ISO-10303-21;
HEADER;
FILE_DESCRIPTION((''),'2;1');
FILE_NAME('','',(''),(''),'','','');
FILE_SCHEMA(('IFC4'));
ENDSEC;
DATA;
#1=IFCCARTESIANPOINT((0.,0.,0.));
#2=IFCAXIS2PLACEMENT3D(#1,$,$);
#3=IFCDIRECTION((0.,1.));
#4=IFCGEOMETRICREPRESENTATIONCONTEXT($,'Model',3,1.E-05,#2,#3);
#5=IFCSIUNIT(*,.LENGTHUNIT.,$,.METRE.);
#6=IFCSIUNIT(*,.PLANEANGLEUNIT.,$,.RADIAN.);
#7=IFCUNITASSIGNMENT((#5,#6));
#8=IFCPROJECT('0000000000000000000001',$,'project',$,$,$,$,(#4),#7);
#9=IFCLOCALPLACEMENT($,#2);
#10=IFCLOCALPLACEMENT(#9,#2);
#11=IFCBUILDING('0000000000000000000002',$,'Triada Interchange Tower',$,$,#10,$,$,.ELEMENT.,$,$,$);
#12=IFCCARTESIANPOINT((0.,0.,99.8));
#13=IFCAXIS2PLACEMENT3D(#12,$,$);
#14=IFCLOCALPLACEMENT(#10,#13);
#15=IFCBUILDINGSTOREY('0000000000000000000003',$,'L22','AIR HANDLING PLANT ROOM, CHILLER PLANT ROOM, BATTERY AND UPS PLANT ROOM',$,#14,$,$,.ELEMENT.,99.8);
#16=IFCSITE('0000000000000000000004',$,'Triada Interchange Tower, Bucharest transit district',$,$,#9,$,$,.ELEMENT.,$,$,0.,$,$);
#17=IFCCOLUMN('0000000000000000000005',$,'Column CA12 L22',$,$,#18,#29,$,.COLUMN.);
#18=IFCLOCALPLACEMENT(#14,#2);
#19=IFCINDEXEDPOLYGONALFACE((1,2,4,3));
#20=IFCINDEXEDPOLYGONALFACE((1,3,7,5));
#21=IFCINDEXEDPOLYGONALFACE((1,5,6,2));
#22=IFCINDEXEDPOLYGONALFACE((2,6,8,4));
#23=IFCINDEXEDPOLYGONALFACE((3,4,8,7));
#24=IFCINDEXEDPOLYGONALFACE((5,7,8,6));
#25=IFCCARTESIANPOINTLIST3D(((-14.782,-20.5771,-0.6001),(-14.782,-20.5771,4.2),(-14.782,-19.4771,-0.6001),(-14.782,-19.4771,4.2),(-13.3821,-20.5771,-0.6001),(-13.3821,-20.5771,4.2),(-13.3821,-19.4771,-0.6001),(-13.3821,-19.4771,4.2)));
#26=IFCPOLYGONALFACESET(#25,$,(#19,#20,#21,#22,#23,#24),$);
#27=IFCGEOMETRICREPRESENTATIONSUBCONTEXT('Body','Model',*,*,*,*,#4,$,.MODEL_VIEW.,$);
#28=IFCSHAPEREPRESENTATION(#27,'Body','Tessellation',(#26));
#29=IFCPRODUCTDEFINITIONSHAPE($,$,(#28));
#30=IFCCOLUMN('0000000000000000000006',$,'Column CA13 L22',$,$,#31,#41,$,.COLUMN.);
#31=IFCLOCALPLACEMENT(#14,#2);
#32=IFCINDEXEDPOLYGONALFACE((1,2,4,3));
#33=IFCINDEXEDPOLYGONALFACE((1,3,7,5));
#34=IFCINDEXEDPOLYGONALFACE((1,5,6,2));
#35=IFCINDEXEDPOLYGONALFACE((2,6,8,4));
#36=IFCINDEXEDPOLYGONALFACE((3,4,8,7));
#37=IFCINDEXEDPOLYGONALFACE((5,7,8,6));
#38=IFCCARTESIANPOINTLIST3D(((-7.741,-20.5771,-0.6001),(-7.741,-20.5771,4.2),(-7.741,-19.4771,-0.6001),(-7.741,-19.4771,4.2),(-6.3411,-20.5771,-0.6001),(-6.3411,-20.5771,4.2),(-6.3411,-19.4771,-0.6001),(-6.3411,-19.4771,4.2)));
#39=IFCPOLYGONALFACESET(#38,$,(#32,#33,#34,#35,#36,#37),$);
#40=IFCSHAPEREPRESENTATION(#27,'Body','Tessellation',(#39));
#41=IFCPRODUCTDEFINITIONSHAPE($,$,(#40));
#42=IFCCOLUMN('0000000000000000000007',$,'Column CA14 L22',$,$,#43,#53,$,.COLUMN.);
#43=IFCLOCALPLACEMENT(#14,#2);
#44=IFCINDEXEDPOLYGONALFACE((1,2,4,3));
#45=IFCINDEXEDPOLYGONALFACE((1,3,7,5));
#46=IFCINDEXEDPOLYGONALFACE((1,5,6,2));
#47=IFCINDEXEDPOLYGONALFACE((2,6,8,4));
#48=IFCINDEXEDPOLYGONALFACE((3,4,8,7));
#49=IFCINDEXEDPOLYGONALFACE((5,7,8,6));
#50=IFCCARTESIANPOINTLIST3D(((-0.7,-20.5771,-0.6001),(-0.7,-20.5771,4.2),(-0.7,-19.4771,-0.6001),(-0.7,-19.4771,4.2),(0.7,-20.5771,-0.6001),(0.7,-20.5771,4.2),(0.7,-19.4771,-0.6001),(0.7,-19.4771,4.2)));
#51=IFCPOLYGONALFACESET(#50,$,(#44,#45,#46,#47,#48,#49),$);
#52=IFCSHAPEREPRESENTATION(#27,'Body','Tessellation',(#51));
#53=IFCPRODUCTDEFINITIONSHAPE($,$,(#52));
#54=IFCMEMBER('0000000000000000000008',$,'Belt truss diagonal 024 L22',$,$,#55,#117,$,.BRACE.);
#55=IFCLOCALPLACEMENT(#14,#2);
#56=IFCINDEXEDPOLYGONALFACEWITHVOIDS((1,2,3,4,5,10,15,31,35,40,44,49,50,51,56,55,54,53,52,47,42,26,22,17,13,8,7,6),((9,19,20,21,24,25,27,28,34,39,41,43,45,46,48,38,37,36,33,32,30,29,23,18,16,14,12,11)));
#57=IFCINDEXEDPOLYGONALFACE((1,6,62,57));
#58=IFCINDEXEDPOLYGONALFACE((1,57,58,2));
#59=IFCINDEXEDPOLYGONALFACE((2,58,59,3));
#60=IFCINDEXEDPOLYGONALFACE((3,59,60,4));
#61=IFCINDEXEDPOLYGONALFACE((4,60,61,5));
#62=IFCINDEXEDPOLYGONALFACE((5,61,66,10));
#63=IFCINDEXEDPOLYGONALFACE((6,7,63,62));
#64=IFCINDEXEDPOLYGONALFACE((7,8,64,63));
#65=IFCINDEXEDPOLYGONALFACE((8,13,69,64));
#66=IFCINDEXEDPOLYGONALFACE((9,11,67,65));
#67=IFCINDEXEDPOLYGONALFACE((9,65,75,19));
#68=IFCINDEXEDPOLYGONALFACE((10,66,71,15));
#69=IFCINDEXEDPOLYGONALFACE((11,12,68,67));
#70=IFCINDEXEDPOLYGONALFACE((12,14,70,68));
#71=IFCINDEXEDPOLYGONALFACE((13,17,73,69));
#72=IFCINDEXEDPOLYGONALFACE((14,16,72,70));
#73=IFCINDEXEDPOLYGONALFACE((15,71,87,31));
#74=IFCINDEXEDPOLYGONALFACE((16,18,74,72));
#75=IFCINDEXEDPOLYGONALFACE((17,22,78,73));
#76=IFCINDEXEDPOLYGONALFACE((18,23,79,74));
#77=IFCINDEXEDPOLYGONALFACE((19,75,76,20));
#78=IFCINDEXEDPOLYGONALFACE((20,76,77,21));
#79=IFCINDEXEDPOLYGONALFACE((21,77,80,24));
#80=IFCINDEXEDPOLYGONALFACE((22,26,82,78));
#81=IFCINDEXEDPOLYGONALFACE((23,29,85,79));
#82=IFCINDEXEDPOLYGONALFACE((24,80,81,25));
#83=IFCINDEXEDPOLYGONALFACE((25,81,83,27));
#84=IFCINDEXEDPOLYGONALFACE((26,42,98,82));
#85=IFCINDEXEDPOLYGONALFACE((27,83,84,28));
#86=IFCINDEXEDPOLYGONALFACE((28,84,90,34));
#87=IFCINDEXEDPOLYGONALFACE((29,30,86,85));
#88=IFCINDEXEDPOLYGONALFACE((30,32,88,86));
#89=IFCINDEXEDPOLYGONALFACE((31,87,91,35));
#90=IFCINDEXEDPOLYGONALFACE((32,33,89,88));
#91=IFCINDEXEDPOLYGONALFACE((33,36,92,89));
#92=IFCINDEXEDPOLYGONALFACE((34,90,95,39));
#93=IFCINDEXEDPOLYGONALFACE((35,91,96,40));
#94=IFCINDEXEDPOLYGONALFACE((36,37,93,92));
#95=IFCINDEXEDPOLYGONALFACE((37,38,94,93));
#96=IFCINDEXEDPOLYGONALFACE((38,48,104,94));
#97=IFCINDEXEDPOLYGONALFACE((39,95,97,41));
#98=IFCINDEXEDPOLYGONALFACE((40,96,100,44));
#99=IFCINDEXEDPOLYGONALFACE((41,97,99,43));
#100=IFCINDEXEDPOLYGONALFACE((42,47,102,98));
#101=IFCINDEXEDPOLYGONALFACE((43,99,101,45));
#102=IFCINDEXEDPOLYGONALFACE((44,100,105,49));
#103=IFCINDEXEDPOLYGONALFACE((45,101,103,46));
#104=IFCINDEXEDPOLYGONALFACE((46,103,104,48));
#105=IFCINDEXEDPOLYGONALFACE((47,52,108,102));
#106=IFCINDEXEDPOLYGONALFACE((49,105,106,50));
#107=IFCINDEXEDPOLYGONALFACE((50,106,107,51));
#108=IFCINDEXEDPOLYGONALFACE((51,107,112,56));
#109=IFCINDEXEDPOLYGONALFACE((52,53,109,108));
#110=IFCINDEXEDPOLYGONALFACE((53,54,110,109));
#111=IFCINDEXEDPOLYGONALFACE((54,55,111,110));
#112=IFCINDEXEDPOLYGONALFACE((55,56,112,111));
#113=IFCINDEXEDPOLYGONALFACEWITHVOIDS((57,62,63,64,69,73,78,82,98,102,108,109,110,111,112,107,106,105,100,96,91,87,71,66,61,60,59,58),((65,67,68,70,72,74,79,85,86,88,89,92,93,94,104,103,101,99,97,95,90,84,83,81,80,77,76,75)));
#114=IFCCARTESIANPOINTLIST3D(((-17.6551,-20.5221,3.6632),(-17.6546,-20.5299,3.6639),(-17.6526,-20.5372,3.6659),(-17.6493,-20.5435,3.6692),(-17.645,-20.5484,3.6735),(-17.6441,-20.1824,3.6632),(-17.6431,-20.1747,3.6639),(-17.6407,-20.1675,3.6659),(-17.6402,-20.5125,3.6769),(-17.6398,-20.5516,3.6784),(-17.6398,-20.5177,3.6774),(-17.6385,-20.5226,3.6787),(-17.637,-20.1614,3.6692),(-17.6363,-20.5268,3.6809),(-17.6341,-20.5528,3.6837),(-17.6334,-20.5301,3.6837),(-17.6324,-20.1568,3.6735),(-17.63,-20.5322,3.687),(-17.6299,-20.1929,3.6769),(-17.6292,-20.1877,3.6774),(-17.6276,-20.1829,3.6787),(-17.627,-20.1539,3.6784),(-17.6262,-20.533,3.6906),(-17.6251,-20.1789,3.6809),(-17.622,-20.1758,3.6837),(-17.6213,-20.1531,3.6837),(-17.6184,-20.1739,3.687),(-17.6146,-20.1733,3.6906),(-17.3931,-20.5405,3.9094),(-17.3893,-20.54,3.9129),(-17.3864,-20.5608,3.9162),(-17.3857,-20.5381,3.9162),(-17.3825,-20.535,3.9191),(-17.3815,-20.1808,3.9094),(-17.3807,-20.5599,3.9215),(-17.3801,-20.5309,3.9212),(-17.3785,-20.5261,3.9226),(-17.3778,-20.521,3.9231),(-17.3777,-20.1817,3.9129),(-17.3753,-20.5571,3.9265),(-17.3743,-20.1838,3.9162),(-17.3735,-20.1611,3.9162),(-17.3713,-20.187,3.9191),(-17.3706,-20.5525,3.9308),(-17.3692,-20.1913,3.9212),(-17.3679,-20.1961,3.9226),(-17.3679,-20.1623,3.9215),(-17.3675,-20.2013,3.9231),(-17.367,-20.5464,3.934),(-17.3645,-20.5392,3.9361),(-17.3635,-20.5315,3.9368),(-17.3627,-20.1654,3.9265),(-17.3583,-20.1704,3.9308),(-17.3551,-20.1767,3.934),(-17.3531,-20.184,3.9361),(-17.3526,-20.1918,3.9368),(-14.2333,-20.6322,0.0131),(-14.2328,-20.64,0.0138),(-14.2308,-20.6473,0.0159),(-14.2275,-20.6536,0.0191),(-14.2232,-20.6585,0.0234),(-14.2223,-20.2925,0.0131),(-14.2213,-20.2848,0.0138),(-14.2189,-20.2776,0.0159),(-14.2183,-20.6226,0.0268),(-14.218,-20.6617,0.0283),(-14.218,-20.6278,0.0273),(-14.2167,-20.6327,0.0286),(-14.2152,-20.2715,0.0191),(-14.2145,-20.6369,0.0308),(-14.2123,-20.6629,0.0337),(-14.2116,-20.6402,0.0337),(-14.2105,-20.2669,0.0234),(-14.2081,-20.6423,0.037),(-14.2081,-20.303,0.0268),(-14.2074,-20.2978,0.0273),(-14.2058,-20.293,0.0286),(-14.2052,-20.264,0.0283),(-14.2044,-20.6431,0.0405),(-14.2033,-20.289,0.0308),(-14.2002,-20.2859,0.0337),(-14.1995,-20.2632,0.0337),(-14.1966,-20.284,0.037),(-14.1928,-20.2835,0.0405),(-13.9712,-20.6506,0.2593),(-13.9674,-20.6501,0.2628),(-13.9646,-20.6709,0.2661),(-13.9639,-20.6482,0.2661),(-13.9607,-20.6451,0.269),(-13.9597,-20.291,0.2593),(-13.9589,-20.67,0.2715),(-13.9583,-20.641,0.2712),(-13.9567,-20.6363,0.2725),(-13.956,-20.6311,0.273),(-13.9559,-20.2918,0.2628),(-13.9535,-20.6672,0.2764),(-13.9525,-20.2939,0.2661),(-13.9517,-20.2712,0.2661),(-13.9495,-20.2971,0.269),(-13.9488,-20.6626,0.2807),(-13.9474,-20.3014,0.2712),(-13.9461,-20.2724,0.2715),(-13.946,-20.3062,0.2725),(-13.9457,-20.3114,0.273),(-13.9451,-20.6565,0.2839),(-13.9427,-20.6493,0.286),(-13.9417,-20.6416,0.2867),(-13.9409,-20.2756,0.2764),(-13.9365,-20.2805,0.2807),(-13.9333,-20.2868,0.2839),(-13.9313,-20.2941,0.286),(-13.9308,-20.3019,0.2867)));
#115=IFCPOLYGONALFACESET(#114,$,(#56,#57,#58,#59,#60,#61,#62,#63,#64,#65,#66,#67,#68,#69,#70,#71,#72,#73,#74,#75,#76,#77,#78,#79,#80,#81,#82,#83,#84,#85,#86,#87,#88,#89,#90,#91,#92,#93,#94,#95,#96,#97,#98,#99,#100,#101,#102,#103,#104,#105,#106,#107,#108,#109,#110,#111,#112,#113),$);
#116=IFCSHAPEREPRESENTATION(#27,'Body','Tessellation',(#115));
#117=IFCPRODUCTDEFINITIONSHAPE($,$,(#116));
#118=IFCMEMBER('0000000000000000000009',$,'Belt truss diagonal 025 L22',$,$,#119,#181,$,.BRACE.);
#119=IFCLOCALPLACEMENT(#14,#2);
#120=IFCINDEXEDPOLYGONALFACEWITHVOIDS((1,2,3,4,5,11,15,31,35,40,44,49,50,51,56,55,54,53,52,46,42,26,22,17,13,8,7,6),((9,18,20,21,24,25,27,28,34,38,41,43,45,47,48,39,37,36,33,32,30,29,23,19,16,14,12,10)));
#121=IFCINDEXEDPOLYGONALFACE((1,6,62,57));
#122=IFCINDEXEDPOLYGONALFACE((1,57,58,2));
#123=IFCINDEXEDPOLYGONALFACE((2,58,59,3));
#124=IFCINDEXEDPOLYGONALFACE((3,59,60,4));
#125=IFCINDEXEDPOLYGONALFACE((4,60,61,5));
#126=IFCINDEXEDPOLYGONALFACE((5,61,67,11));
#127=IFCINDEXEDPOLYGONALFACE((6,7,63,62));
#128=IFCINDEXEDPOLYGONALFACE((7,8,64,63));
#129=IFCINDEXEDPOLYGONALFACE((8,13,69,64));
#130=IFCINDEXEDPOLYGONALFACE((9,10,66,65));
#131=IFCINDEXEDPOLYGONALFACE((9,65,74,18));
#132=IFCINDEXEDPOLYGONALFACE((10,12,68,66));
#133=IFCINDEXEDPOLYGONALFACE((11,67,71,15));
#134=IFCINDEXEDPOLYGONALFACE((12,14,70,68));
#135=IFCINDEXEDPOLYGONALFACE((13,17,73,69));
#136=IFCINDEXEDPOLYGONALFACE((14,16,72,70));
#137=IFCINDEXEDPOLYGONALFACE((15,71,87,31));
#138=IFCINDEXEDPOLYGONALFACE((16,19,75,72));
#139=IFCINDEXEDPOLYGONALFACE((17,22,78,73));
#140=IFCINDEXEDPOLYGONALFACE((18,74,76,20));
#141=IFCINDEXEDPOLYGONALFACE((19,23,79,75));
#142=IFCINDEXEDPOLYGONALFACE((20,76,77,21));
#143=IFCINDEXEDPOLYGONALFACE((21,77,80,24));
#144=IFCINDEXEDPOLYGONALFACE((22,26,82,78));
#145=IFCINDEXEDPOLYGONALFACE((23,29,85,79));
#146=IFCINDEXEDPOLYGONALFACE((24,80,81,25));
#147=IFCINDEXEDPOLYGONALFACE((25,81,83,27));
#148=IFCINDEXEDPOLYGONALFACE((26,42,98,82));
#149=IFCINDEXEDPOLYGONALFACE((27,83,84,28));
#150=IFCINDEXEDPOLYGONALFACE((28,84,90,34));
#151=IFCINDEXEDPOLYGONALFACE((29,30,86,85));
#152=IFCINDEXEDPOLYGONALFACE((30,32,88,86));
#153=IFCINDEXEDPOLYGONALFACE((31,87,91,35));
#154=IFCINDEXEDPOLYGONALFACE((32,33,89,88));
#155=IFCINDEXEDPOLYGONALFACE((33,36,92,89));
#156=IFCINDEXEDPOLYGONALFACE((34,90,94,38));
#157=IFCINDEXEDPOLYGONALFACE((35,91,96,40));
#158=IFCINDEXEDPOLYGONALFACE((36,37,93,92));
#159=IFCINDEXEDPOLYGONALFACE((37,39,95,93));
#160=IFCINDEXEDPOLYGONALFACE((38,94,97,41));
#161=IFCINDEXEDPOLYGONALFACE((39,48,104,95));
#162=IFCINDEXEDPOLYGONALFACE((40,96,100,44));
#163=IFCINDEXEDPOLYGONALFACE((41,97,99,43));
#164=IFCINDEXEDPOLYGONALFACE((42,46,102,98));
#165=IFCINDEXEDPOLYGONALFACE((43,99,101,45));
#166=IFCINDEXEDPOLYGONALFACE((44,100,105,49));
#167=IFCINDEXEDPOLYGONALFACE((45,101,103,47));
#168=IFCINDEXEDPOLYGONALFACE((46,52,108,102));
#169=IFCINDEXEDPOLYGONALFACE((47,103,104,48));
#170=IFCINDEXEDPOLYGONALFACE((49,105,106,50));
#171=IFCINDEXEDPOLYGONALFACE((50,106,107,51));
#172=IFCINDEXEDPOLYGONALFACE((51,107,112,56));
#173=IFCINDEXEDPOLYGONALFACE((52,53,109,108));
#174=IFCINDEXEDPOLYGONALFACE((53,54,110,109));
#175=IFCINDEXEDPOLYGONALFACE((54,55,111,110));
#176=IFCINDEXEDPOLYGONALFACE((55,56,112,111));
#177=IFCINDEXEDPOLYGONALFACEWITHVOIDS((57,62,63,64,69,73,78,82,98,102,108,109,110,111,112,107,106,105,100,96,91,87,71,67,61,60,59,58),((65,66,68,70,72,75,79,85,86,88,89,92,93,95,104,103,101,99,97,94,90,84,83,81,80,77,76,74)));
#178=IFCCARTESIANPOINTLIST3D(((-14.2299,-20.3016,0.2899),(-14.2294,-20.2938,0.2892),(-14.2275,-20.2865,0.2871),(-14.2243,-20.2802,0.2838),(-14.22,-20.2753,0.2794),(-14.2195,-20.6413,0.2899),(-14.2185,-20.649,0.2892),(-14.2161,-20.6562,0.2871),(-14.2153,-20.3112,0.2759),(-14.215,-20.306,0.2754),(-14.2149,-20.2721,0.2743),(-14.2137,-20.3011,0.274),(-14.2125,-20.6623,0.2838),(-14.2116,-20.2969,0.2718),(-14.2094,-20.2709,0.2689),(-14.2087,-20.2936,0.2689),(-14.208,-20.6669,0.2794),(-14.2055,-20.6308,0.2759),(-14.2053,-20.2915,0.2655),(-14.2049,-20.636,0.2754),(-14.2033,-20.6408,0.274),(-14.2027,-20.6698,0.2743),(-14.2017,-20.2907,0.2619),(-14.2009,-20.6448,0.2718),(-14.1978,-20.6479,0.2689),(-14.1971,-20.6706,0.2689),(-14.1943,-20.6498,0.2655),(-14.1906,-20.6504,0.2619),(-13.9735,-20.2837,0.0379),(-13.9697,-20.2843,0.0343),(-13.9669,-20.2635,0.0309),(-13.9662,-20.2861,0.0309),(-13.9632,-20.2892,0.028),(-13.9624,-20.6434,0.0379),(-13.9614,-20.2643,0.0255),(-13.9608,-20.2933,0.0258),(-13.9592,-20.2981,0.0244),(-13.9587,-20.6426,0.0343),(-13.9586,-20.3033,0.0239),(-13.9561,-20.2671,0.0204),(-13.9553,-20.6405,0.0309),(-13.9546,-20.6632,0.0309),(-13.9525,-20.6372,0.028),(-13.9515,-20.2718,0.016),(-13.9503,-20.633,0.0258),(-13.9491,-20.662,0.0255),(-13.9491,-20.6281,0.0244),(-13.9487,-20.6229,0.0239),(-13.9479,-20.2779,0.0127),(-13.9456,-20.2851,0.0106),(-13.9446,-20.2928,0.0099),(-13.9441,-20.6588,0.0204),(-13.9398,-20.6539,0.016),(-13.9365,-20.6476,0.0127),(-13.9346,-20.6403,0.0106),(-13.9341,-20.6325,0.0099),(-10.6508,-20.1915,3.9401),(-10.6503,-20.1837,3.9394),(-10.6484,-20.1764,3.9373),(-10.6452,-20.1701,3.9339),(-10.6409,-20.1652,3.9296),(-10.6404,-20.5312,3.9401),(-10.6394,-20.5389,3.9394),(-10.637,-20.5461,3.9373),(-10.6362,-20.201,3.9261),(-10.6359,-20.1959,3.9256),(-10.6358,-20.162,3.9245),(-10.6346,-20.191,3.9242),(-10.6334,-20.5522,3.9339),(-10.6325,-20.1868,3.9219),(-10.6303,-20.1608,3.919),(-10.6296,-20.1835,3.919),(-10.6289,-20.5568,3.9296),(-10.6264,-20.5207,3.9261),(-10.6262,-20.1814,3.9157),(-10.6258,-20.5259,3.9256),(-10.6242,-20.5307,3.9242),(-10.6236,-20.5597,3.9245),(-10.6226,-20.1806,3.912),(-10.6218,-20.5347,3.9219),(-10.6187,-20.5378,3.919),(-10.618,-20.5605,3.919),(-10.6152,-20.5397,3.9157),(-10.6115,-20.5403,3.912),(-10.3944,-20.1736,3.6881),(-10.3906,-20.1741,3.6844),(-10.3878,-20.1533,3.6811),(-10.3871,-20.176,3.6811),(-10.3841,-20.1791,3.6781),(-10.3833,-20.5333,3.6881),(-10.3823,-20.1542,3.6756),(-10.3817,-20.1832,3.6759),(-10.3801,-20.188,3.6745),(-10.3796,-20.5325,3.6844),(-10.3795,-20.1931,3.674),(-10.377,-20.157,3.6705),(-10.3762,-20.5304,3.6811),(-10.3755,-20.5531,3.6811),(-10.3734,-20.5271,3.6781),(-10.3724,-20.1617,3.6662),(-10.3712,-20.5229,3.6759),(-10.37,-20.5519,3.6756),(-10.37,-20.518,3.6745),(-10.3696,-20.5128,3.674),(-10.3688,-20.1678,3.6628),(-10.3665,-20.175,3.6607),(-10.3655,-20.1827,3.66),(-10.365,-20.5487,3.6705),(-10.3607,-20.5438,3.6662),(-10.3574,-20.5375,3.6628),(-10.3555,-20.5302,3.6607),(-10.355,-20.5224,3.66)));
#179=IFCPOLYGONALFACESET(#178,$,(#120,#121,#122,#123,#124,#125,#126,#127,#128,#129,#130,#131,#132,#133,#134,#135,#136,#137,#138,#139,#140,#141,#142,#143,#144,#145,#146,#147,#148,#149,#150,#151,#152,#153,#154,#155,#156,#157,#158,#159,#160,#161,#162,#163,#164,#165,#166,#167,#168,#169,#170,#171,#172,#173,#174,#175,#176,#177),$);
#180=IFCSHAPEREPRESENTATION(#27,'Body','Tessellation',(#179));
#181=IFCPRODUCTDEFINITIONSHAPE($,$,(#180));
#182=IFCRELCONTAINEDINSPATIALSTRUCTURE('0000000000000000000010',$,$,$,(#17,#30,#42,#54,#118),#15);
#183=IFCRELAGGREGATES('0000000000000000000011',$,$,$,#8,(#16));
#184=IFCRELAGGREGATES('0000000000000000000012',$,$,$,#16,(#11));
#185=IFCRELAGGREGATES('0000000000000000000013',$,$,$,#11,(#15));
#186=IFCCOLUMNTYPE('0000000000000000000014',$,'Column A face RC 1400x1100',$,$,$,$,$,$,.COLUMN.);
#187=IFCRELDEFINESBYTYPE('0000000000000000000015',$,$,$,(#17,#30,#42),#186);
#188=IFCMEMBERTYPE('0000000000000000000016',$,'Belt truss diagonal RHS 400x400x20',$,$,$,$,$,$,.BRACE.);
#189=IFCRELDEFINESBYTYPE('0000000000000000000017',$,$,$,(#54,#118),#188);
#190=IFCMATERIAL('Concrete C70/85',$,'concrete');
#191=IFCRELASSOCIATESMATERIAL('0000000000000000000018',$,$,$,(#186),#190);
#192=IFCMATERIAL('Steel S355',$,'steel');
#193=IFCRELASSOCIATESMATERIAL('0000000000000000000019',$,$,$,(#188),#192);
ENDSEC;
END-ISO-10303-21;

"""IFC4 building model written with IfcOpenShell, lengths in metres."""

from ifc_helpers import new_model, si_unit, direction, frame, origin, origin_2d, place, context, subcontext, project, spatial, rectangle, hollow_rectangle, extrude, material, material_profile, profile_set, type_object, element, save


model = new_model("IFC4")

# Units and contexts
model_context = context("Model", 3, precision=1e-05, world=origin(), true_north=direction((0.0, 1.0)))
body_context = subcontext(model_context, "Body", "Model", "MODEL_VIEW")
ifc_project = project(units=[si_unit("LENGTHUNIT", "METRE"), si_unit("PLANEANGLEUNIT", "RADIAN")], contexts=[model_context])

# Site, building, storey
site_placement = place(None, origin())
site = spatial("IfcSite", under=ifc_project, at=site_placement, Name="Triada Interchange Tower, Bucharest transit district", CompositionType="ELEMENT", RefElevation=0.0)
building_placement = place(site_placement, origin())
building = spatial("IfcBuilding", under=site, at=building_placement, Name="Triada Interchange Tower", CompositionType="ELEMENT")
storey_placement = place(building_placement, frame((0.0, 0.0, 99.8)))
storey = spatial("IfcBuildingStorey", under=building, at=storey_placement, Name="L22", Description="AIR HANDLING PLANT ROOM, CHILLER PLANT ROOM, BATTERY AND UPS PLANT ROOM", CompositionType="ELEMENT", Elevation=99.8)

# Columns
ifc_material_1 = material(Name="Concrete C70/85", Category="concrete")
ifc_material_profile_1 = material_profile(ifc_material_1, rectangle(XDim=1.3999, YDim=1.1001, at=origin_2d()), Name="RC 1400x1100")
ifc_profile_set_1 = profile_set([ifc_material_profile_1], Name="Concrete C70/85")
column_type = type_object("IfcColumnType", Name="Column A face RC 1400x1100", PredefinedType="COLUMN", material=ifc_profile_set_1)
for number, where, z_axis, x_axis, name in (
    (1, (-14.082, -20.0271, -0.6001), (0.0, 0.0, 1.0), (1.0, 0.0, 0.0), "Column CA12 L22"),
    (2, (-7.041, -20.0271, -0.6001), (0.0, 0.0, 1.0), (1.0, 0.0, 0.0), "Column CA13 L22"),
    (3, (0.0, -20.0271, -0.6001), (0.0, 0.0, 1.0), (1.0, 0.0, 0.0), "Column CA14 L22"),
):
    element("IfcColumn", number, at=place(storey_placement, frame(where, z_axis=z_axis, x_axis=x_axis)), inside=storey, type_object=column_type, Name=name, PredefinedType="COLUMN", context=body_context, shape_type="SweptSolid", body=[
        extrude(rectangle(XDim=1.3999, YDim=1.1001, at=origin_2d()), origin(), (0.0, 0.0, 1.0), 4.8),
    ])

# Members
ifc_material_2 = material(Name="Steel S355", Category="steel")
ifc_material_profile_2 = material_profile(ifc_material_2, hollow_rectangle(XDim=0.3999, YDim=0.3999, WallThickness=0.02, InnerFilletRadius=0.02, OuterFilletRadius=0.03, at=origin_2d()), Name="RHS 400x400x20")
ifc_profile_set_2 = profile_set([ifc_material_profile_2], Name="Steel S355")
member_type = type_object("IfcMemberType", Name="Belt truss diagonal RHS 400x400x20", PredefinedType="BRACE", material=ifc_profile_set_2)
member_1_placement = place(storey_placement, frame((-14.082, -20.467, 0.1499), z_axis=(-0.683761, 0.022002, 0.729374), x_axis=(-0.032161, -0.999483, 0.0)))
element("IfcMember", 4, at=member_1_placement, inside=storey, type_object=member_type, Name="Belt truss diagonal 024 L22", PredefinedType="BRACE", context=body_context, shape_type="SweptSolid", body=[
    extrude(hollow_rectangle(XDim=0.3999, YDim=0.3999, WallThickness=0.02, InnerFilletRadius=0.02, OuterFilletRadius=0.03, at=origin_2d()), origin(), (0.0, 0.0, 1.0), 5.0044),
])
member_2_placement = place(storey_placement, frame((-14.082, -20.467, 0.1499), z_axis=(0.699962, 0.021534, 0.713856), x_axis=(-0.030749, 0.999527, 0.0)))
element("IfcMember", 5, at=member_2_placement, inside=storey, type_object=member_type, Name="Belt truss diagonal 025 L22", PredefinedType="BRACE", context=body_context, shape_type="SweptSolid", body=[
    extrude(hollow_rectangle(XDim=0.3999, YDim=0.3999, WallThickness=0.02, InnerFilletRadius=0.02, OuterFilletRadius=0.03, at=origin_2d()), origin(), (0.0, 0.0, 1.0), 5.1133),
])

save(model, "model.ifc")
